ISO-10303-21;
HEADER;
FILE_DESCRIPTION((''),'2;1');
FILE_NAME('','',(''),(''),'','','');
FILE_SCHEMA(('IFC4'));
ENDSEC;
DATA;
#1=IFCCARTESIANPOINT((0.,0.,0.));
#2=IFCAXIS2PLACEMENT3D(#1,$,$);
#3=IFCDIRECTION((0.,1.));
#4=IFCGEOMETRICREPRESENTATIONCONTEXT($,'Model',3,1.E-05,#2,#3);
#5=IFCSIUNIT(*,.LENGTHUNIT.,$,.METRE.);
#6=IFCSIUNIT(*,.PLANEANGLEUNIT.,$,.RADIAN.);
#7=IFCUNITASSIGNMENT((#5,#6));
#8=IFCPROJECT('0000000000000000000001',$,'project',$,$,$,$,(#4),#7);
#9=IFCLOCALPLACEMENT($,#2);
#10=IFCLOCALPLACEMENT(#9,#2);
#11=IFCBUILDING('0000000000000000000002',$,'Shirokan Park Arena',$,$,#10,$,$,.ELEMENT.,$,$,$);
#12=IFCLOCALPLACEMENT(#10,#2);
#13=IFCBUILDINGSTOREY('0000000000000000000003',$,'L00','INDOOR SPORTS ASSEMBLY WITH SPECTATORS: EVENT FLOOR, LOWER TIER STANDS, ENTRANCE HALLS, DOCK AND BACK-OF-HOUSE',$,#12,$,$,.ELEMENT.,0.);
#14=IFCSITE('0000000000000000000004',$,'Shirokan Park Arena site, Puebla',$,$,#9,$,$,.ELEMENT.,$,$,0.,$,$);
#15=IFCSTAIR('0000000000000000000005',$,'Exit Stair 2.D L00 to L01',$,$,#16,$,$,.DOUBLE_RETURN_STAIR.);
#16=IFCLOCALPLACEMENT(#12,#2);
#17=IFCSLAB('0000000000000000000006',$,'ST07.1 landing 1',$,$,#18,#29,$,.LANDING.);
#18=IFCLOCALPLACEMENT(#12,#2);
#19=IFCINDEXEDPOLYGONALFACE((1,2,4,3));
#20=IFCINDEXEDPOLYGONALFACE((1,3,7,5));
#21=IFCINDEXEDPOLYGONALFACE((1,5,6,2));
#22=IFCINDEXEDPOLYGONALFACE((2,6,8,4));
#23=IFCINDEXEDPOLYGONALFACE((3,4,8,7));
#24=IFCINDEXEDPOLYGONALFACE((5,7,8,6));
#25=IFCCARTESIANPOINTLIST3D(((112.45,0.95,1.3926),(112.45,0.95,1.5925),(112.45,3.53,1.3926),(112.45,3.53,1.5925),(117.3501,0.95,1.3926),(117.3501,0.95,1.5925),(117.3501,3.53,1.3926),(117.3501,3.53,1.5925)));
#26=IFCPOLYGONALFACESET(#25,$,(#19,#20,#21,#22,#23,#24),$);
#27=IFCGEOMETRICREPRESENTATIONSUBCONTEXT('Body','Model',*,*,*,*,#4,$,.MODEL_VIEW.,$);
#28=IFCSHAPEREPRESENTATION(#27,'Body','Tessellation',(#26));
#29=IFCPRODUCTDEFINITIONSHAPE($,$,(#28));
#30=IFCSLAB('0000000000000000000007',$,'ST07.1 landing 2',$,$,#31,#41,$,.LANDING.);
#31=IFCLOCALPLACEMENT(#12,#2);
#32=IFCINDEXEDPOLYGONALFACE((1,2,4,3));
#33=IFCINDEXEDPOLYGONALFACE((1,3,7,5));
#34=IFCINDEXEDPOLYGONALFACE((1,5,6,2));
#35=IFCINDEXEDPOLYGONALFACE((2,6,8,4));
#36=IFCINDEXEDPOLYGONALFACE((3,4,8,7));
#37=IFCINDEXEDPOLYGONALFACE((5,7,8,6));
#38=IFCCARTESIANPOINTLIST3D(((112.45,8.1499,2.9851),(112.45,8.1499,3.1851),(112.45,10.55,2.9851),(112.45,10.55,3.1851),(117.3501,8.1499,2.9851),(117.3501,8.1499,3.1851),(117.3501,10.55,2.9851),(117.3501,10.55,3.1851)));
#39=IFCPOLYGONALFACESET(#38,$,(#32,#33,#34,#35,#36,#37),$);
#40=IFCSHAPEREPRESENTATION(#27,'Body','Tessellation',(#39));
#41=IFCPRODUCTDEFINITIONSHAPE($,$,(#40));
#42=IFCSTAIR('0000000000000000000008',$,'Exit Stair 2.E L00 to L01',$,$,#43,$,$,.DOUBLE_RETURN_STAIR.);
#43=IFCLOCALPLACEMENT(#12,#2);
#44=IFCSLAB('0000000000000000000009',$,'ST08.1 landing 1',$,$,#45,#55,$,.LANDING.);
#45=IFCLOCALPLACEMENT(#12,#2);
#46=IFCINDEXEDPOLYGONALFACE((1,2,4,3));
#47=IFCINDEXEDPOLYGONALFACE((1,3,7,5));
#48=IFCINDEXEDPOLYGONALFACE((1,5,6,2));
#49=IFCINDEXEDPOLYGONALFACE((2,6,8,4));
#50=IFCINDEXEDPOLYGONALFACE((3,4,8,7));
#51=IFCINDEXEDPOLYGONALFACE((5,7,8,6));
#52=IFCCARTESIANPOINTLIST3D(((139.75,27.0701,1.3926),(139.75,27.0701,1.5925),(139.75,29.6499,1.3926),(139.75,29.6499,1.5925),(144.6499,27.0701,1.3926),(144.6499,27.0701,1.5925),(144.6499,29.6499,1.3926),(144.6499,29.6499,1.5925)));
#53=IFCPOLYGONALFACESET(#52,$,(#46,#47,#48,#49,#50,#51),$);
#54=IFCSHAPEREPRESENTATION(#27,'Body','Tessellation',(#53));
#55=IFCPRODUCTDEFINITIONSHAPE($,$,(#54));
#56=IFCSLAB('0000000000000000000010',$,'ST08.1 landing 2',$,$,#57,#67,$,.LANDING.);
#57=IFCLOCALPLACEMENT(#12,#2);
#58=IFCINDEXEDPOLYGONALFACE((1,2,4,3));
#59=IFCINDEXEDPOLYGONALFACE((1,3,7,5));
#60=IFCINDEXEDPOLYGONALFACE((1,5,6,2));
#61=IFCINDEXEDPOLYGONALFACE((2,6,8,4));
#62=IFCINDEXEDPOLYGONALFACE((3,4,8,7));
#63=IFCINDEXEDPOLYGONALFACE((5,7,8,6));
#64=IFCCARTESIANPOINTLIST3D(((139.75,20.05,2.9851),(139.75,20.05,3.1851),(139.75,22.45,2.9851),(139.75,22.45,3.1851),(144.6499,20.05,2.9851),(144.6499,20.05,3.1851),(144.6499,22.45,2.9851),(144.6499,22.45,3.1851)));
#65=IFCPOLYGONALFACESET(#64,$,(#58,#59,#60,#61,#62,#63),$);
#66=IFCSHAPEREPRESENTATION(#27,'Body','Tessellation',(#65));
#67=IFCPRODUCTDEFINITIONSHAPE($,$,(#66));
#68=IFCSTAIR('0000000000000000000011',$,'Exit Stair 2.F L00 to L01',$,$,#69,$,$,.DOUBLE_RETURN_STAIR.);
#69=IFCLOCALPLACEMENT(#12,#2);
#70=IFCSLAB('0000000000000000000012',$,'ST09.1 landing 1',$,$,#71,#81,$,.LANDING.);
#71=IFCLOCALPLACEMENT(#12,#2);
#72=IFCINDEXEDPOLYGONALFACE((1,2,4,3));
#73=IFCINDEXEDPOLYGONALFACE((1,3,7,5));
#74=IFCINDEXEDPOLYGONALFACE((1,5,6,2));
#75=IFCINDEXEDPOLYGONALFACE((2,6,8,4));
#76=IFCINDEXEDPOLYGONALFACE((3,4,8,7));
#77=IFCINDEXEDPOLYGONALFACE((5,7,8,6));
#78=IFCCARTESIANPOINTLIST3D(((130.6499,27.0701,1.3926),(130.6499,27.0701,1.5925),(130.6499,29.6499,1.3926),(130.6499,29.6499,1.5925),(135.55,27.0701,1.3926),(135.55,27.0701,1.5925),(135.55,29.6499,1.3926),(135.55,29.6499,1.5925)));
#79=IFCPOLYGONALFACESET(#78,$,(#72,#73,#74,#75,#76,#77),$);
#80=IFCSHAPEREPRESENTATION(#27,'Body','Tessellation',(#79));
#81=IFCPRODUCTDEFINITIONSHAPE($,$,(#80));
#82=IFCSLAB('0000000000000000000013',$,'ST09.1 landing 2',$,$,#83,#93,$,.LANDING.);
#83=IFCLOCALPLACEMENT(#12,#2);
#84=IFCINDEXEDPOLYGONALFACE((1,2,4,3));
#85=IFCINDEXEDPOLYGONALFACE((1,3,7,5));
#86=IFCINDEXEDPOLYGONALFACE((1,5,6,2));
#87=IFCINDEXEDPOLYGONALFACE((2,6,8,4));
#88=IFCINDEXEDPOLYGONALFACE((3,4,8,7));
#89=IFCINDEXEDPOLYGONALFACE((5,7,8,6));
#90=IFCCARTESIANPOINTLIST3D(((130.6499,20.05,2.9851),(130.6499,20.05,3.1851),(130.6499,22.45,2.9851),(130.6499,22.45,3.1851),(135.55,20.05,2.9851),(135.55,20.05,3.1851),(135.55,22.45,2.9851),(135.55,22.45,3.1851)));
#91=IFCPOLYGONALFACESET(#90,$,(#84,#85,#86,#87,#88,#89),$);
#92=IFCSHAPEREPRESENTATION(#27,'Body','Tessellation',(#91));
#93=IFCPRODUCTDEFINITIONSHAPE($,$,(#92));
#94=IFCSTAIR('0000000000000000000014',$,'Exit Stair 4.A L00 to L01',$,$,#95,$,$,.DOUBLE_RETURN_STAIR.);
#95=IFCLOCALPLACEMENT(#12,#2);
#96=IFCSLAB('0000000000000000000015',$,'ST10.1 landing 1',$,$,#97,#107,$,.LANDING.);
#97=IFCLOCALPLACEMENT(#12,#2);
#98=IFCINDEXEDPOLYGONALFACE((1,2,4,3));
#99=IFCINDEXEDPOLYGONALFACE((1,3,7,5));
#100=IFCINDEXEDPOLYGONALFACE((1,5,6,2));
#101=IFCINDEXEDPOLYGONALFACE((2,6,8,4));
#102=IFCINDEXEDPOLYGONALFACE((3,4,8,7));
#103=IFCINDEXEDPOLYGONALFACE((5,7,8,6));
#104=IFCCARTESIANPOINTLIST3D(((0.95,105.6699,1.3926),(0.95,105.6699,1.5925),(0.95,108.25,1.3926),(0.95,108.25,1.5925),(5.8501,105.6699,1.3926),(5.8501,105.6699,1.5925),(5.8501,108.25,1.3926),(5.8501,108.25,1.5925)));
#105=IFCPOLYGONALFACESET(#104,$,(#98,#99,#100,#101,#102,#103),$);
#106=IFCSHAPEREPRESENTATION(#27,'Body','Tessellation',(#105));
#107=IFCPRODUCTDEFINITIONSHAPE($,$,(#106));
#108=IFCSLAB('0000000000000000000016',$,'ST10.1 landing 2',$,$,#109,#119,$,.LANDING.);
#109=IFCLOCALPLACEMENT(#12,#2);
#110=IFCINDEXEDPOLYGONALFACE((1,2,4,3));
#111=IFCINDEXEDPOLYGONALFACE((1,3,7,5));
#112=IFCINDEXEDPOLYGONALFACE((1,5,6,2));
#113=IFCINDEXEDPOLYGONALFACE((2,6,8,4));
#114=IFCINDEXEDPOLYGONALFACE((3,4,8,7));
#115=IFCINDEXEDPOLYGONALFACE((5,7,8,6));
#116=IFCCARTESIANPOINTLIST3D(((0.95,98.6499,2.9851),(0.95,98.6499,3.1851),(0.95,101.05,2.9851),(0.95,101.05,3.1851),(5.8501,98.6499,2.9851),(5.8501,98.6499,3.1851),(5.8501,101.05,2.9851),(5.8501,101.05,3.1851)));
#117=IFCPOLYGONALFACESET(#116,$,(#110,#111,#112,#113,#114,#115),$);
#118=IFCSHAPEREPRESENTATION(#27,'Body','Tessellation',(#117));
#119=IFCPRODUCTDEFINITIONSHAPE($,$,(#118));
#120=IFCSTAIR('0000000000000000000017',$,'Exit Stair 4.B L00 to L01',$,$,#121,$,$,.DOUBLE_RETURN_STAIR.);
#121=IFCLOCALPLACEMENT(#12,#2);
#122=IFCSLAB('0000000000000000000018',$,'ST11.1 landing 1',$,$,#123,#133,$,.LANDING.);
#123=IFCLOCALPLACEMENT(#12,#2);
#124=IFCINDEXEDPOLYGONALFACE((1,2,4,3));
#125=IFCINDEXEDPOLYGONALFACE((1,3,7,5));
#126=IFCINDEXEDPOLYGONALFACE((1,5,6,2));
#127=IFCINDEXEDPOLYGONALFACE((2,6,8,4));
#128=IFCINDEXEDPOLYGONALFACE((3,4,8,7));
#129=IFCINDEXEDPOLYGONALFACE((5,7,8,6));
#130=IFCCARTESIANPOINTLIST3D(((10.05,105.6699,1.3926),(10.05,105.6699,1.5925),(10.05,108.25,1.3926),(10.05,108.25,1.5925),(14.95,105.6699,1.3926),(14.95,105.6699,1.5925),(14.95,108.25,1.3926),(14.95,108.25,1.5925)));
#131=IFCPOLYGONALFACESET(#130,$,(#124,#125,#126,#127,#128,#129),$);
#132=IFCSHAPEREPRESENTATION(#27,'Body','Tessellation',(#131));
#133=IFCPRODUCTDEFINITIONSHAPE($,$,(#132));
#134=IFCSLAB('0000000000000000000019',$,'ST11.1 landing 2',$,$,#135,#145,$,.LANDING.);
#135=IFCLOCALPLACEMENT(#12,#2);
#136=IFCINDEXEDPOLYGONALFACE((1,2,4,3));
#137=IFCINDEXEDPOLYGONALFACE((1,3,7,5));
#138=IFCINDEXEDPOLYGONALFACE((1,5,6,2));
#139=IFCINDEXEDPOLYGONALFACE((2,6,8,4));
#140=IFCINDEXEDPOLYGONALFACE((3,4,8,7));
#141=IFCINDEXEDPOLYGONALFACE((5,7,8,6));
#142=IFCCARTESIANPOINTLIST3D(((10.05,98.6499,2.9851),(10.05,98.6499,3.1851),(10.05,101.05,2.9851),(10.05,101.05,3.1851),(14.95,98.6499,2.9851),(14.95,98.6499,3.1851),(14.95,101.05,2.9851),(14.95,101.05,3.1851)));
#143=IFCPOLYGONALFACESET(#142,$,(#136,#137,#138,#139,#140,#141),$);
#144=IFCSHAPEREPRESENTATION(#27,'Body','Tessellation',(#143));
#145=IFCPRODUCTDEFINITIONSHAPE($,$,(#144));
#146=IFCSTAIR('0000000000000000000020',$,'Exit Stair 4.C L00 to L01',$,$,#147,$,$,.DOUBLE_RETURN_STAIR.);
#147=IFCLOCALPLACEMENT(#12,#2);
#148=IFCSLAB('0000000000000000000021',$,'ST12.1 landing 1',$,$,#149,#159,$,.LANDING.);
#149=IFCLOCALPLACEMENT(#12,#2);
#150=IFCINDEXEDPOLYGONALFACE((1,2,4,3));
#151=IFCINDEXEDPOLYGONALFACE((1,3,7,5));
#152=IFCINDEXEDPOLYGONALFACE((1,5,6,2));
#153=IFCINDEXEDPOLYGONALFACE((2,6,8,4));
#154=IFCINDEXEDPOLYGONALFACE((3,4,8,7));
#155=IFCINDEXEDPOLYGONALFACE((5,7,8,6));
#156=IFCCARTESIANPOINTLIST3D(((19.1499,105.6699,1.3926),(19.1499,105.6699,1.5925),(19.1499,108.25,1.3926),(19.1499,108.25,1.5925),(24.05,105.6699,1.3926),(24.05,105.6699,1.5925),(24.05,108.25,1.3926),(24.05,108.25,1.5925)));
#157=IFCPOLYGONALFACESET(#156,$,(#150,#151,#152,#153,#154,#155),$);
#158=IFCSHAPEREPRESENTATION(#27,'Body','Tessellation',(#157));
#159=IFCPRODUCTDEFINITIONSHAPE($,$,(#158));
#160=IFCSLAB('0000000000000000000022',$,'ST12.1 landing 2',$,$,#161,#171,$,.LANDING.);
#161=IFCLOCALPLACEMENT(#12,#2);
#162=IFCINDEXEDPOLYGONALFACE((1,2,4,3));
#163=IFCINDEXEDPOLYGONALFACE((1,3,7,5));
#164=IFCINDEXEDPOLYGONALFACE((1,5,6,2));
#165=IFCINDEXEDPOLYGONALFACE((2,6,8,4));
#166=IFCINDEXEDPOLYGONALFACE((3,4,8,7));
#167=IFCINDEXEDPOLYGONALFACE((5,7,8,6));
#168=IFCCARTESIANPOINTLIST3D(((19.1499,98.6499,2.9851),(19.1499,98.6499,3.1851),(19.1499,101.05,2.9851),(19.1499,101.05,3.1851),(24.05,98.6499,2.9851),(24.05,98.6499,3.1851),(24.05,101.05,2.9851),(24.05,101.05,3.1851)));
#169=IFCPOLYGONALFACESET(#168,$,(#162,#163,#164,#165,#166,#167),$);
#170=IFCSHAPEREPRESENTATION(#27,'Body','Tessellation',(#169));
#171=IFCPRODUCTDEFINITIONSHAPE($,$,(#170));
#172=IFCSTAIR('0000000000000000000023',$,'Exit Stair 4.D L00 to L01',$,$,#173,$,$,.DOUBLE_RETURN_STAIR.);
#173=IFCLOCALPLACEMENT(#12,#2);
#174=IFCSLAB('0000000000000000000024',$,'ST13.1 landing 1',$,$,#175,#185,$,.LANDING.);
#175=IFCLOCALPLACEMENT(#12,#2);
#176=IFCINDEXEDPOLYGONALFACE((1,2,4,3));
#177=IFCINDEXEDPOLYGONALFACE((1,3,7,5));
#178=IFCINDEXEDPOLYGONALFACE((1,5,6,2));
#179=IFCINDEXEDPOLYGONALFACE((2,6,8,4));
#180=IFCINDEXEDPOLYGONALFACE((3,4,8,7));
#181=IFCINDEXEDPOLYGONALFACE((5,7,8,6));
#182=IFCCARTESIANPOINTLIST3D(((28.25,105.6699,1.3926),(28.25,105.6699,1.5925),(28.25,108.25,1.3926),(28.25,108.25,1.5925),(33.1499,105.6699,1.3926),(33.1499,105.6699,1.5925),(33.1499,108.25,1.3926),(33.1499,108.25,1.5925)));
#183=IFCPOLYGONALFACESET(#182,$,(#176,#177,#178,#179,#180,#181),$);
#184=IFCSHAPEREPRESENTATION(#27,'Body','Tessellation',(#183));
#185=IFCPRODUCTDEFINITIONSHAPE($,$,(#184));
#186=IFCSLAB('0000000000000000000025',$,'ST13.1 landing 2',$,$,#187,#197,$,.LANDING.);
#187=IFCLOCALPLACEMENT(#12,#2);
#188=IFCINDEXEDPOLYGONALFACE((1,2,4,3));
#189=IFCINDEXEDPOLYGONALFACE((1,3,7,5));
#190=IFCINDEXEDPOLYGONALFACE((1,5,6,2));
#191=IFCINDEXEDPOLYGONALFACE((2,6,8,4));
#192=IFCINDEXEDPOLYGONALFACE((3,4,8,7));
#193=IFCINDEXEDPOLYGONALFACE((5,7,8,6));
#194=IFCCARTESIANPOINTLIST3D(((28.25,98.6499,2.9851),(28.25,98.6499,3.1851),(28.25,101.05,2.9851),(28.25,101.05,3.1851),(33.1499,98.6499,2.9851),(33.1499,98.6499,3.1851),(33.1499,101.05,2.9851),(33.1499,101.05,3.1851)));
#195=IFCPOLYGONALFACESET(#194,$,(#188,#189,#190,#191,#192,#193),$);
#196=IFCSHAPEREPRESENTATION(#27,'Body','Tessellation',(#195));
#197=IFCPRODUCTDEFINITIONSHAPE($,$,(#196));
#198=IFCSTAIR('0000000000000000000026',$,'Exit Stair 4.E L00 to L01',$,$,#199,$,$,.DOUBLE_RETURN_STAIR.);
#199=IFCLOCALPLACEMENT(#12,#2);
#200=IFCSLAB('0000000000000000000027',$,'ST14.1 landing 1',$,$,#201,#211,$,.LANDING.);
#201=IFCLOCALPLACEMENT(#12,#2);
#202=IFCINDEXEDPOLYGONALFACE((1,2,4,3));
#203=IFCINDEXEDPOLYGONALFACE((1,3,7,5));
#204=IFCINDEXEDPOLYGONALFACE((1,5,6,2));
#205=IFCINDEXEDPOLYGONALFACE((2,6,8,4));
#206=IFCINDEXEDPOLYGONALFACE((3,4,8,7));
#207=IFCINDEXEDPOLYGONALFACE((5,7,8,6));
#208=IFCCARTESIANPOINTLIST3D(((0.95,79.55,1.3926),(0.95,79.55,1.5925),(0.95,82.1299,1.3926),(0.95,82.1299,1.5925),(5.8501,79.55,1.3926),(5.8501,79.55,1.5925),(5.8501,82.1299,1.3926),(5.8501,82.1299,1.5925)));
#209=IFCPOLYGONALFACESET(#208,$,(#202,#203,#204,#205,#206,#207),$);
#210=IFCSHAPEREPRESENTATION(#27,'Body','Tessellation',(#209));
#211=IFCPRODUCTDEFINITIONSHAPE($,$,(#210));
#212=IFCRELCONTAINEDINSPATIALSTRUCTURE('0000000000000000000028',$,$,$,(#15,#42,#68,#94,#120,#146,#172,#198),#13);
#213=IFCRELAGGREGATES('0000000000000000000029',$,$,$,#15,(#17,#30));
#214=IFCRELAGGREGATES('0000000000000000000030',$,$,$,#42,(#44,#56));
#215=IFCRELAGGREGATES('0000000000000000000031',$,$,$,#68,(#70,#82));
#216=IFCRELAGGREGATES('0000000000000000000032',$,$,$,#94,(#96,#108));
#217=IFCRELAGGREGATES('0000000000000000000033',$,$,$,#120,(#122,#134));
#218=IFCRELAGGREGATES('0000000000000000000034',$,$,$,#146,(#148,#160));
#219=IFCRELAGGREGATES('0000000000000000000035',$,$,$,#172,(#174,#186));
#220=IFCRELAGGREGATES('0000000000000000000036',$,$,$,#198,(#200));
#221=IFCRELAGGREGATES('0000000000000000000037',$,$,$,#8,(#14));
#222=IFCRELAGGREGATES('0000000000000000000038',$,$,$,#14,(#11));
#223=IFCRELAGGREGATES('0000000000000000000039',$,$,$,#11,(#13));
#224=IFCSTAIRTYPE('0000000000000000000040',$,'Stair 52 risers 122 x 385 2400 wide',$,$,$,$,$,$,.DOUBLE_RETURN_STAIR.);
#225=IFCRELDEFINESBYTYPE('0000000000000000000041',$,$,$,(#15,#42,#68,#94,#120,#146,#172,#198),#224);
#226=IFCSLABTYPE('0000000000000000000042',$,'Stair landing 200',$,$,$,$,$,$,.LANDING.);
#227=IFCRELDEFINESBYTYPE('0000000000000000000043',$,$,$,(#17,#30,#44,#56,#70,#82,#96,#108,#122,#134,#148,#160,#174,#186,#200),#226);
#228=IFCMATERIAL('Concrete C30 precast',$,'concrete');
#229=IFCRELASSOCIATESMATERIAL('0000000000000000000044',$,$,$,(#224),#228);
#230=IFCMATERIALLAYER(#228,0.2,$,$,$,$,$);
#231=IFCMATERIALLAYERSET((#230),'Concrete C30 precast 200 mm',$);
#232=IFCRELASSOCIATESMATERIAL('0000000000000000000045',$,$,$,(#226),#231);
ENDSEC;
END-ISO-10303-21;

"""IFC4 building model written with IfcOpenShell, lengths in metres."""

from ifc_helpers import new_model, si_unit, direction, frame, origin, place, context, subcontext, project, spatial, polyline, outline, extrude, material, layer, layer_set, type_object, element, aggregate, save


model = new_model("IFC4")

# Units and contexts
model_context = context("Model", 3, precision=1e-05, world=origin(), true_north=direction((0.0, 1.0)))
body_context = subcontext(model_context, "Body", "Model", "MODEL_VIEW")
ifc_project = project(units=[si_unit("LENGTHUNIT", "METRE"), si_unit("PLANEANGLEUNIT", "RADIAN")], contexts=[model_context])

# Site, building, storey
site_placement = place(None, origin())
site = spatial("IfcSite", under=ifc_project, at=site_placement, Name="Shirokan Park Arena site, Puebla", CompositionType="ELEMENT", RefElevation=0.0)
building_placement = place(site_placement, origin())
building = spatial("IfcBuilding", under=site, at=building_placement, Name="Shirokan Park Arena", CompositionType="ELEMENT")
storey_placement = place(building_placement, origin())
storey = spatial("IfcBuildingStorey", under=building, at=storey_placement, Name="L00", Description="INDOOR SPORTS ASSEMBLY WITH SPECTATORS: EVENT FLOOR, LOWER TIER STANDS, ENTRANCE HALLS, DOCK AND BACK-OF-HOUSE", CompositionType="ELEMENT", Elevation=0.0)

# Stairs, slabs
ifc_material = material(Name="Concrete C30 precast", Category="concrete")
stair_type = type_object("IfcStairType", Name="Stair 52 risers 122 x 385 2400 wide", PredefinedType="DOUBLE_RETURN_STAIR", material=ifc_material)
stair_1_placement = place(storey_placement, origin())
stair_1 = element("IfcStair", 1, at=stair_1_placement, inside=storey, type_object=stair_type, Name="Exit Stair 2.D L00 to L01", PredefinedType="DOUBLE_RETURN_STAIR")
ifc_layer = layer(ifc_material, 0.2)
ifc_layer_set = layer_set([ifc_layer], Name="Concrete C30 precast 200 mm")
slab_type = type_object("IfcSlabType", Name="Stair landing 200", PredefinedType="LANDING", material=ifc_layer_set)
slab_1_placement = place(storey_placement, frame((0.0, 0.0, 1.3926)))
slab_1 = element("IfcSlab", 2, at=slab_1_placement, type_object=slab_type, Name="ST07.1 landing 1", PredefinedType="LANDING", context=body_context, shape_type="SweptSolid", body=[
    extrude(outline(polyline([(112.45, 0.95), (117.3501, 0.95), (117.3501, 3.53), (112.45, 3.53), (112.45, 0.95)])), origin(), (0.0, 0.0, 1.0), 0.2),
])
slab_2_placement = place(storey_placement, frame((0.0, 0.0, 2.9851)))
slab_2 = element("IfcSlab", 3, at=slab_2_placement, type_object=slab_type, Name="ST07.1 landing 2", PredefinedType="LANDING", context=body_context, shape_type="SweptSolid", body=[
    extrude(outline(polyline([(112.45, 8.1499), (117.3501, 8.1499), (117.3501, 10.55), (112.45, 10.55), (112.45, 8.1499)])), origin(), (0.0, 0.0, 1.0), 0.2),
])
aggregate(stair_1, [slab_1, slab_2])
stair_2_placement = place(storey_placement, origin())
stair_2 = element("IfcStair", 4, at=stair_2_placement, inside=storey, type_object=stair_type, Name="Exit Stair 2.E L00 to L01", PredefinedType="DOUBLE_RETURN_STAIR")
slab_3_placement = place(storey_placement, frame((0.0, 0.0, 1.3926)))
slab_3 = element("IfcSlab", 5, at=slab_3_placement, type_object=slab_type, Name="ST08.1 landing 1", PredefinedType="LANDING", context=body_context, shape_type="SweptSolid", body=[
    extrude(outline(polyline([(139.75, 27.0701), (144.6499, 27.0701), (144.6499, 29.6499), (139.75, 29.6499), (139.75, 27.0701)])), origin(), (0.0, 0.0, 1.0), 0.2),
])
slab_4_placement = place(storey_placement, frame((0.0, 0.0, 2.9851)))
slab_4 = element("IfcSlab", 6, at=slab_4_placement, type_object=slab_type, Name="ST08.1 landing 2", PredefinedType="LANDING", context=body_context, shape_type="SweptSolid", body=[
    extrude(outline(polyline([(139.75, 20.05), (144.6499, 20.05), (144.6499, 22.45), (139.75, 22.45), (139.75, 20.05)])), origin(), (0.0, 0.0, 1.0), 0.2),
])
aggregate(stair_2, [slab_3, slab_4])
stair_3_placement = place(storey_placement, origin())
stair_3 = element("IfcStair", 7, at=stair_3_placement, inside=storey, type_object=stair_type, Name="Exit Stair 2.F L00 to L01", PredefinedType="DOUBLE_RETURN_STAIR")
slab_5_placement = place(storey_placement, frame((0.0, 0.0, 1.3926)))
slab_5 = element("IfcSlab", 8, at=slab_5_placement, type_object=slab_type, Name="ST09.1 landing 1", PredefinedType="LANDING", context=body_context, shape_type="SweptSolid", body=[
    extrude(outline(polyline([(130.6499, 27.0701), (135.55, 27.0701), (135.55, 29.6499), (130.6499, 29.6499), (130.6499, 27.0701)])), origin(), (0.0, 0.0, 1.0), 0.2),
])
slab_6_placement = place(storey_placement, frame((0.0, 0.0, 2.9851)))
slab_6 = element("IfcSlab", 9, at=slab_6_placement, type_object=slab_type, Name="ST09.1 landing 2", PredefinedType="LANDING", context=body_context, shape_type="SweptSolid", body=[
    extrude(outline(polyline([(130.6499, 20.05), (135.55, 20.05), (135.55, 22.45), (130.6499, 22.45), (130.6499, 20.05)])), origin(), (0.0, 0.0, 1.0), 0.2),
])
aggregate(stair_3, [slab_5, slab_6])
stair_4_placement = place(storey_placement, origin())
stair_4 = element("IfcStair", 10, at=stair_4_placement, inside=storey, type_object=stair_type, Name="Exit Stair 4.A L00 to L01", PredefinedType="DOUBLE_RETURN_STAIR")
slab_7_placement = place(storey_placement, frame((0.0, 0.0, 1.3926)))
slab_7 = element("IfcSlab", 11, at=slab_7_placement, type_object=slab_type, Name="ST10.1 landing 1", PredefinedType="LANDING", context=body_context, shape_type="SweptSolid", body=[
    extrude(outline(polyline([(0.95, 105.6699), (5.8501, 105.6699), (5.8501, 108.25), (0.95, 108.25), (0.95, 105.6699)])), origin(), (0.0, 0.0, 1.0), 0.2),
])
slab_8_placement = place(storey_placement, frame((0.0, 0.0, 2.9851)))
slab_8 = element("IfcSlab", 12, at=slab_8_placement, type_object=slab_type, Name="ST10.1 landing 2", PredefinedType="LANDING", context=body_context, shape_type="SweptSolid", body=[
    extrude(outline(polyline([(0.95, 98.6499), (5.8501, 98.6499), (5.8501, 101.05), (0.95, 101.05), (0.95, 98.6499)])), origin(), (0.0, 0.0, 1.0), 0.2),
])
aggregate(stair_4, [slab_7, slab_8])
stair_5_placement = place(storey_placement, origin())
stair_5 = element("IfcStair", 13, at=stair_5_placement, inside=storey, type_object=stair_type, Name="Exit Stair 4.B L00 to L01", PredefinedType="DOUBLE_RETURN_STAIR")
slab_9_placement = place(storey_placement, frame((0.0, 0.0, 1.3926)))
slab_9 = element("IfcSlab", 14, at=slab_9_placement, type_object=slab_type, Name="ST11.1 landing 1", PredefinedType="LANDING", context=body_context, shape_type="SweptSolid", body=[
    extrude(outline(polyline([(10.05, 105.6699), (14.95, 105.6699), (14.95, 108.25), (10.05, 108.25), (10.05, 105.6699)])), origin(), (0.0, 0.0, 1.0), 0.2),
])
slab_10_placement = place(storey_placement, frame((0.0, 0.0, 2.9851)))
slab_10 = element("IfcSlab", 15, at=slab_10_placement, type_object=slab_type, Name="ST11.1 landing 2", PredefinedType="LANDING", context=body_context, shape_type="SweptSolid", body=[
    extrude(outline(polyline([(10.05, 98.6499), (14.95, 98.6499), (14.95, 101.05), (10.05, 101.05), (10.05, 98.6499)])), origin(), (0.0, 0.0, 1.0), 0.2),
])
aggregate(stair_5, [slab_9, slab_10])
stair_6_placement = place(storey_placement, origin())
stair_6 = element("IfcStair", 16, at=stair_6_placement, inside=storey, type_object=stair_type, Name="Exit Stair 4.C L00 to L01", PredefinedType="DOUBLE_RETURN_STAIR")
slab_11_placement = place(storey_placement, frame((0.0, 0.0, 1.3926)))
slab_11 = element("IfcSlab", 17, at=slab_11_placement, type_object=slab_type, Name="ST12.1 landing 1", PredefinedType="LANDING", context=body_context, shape_type="SweptSolid", body=[
    extrude(outline(polyline([(19.1499, 105.6699), (24.05, 105.6699), (24.05, 108.25), (19.1499, 108.25), (19.1499, 105.6699)])), origin(), (0.0, 0.0, 1.0), 0.2),
])
slab_12_placement = place(storey_placement, frame((0.0, 0.0, 2.9851)))
slab_12 = element("IfcSlab", 18, at=slab_12_placement, type_object=slab_type, Name="ST12.1 landing 2", PredefinedType="LANDING", context=body_context, shape_type="SweptSolid", body=[
    extrude(outline(polyline([(19.1499, 98.6499), (24.05, 98.6499), (24.05, 101.05), (19.1499, 101.05), (19.1499, 98.6499)])), origin(), (0.0, 0.0, 1.0), 0.2),
])
aggregate(stair_6, [slab_11, slab_12])
stair_7_placement = place(storey_placement, origin())
stair_7 = element("IfcStair", 19, at=stair_7_placement, inside=storey, type_object=stair_type, Name="Exit Stair 4.D L00 to L01", PredefinedType="DOUBLE_RETURN_STAIR")
slab_13_placement = place(storey_placement, frame((0.0, 0.0, 1.3926)))
slab_13 = element("IfcSlab", 20, at=slab_13_placement, type_object=slab_type, Name="ST13.1 landing 1", PredefinedType="LANDING", context=body_context, shape_type="SweptSolid", body=[
    extrude(outline(polyline([(28.25, 105.6699), (33.1499, 105.6699), (33.1499, 108.25), (28.25, 108.25), (28.25, 105.6699)])), origin(), (0.0, 0.0, 1.0), 0.2),
])
slab_14_placement = place(storey_placement, frame((0.0, 0.0, 2.9851)))
slab_14 = element("IfcSlab", 21, at=slab_14_placement, type_object=slab_type, Name="ST13.1 landing 2", PredefinedType="LANDING", context=body_context, shape_type="SweptSolid", body=[
    extrude(outline(polyline([(28.25, 98.6499), (33.1499, 98.6499), (33.1499, 101.05), (28.25, 101.05), (28.25, 98.6499)])), origin(), (0.0, 0.0, 1.0), 0.2),
])
aggregate(stair_7, [slab_13, slab_14])
stair_8_placement = place(storey_placement, origin())
stair_8 = element("IfcStair", 22, at=stair_8_placement, inside=storey, type_object=stair_type, Name="Exit Stair 4.E L00 to L01", PredefinedType="DOUBLE_RETURN_STAIR")
slab_15_placement = place(storey_placement, frame((0.0, 0.0, 1.3926)))
slab_15 = element("IfcSlab", 23, at=slab_15_placement, type_object=slab_type, Name="ST14.1 landing 1", PredefinedType="LANDING", context=body_context, shape_type="SweptSolid", body=[
    extrude(outline(polyline([(0.95, 79.55), (5.8501, 79.55), (5.8501, 82.1299), (0.95, 82.1299), (0.95, 79.55)])), origin(), (0.0, 0.0, 1.0), 0.2),
])
aggregate(stair_8, [slab_15])

save(model, "model.ifc")
